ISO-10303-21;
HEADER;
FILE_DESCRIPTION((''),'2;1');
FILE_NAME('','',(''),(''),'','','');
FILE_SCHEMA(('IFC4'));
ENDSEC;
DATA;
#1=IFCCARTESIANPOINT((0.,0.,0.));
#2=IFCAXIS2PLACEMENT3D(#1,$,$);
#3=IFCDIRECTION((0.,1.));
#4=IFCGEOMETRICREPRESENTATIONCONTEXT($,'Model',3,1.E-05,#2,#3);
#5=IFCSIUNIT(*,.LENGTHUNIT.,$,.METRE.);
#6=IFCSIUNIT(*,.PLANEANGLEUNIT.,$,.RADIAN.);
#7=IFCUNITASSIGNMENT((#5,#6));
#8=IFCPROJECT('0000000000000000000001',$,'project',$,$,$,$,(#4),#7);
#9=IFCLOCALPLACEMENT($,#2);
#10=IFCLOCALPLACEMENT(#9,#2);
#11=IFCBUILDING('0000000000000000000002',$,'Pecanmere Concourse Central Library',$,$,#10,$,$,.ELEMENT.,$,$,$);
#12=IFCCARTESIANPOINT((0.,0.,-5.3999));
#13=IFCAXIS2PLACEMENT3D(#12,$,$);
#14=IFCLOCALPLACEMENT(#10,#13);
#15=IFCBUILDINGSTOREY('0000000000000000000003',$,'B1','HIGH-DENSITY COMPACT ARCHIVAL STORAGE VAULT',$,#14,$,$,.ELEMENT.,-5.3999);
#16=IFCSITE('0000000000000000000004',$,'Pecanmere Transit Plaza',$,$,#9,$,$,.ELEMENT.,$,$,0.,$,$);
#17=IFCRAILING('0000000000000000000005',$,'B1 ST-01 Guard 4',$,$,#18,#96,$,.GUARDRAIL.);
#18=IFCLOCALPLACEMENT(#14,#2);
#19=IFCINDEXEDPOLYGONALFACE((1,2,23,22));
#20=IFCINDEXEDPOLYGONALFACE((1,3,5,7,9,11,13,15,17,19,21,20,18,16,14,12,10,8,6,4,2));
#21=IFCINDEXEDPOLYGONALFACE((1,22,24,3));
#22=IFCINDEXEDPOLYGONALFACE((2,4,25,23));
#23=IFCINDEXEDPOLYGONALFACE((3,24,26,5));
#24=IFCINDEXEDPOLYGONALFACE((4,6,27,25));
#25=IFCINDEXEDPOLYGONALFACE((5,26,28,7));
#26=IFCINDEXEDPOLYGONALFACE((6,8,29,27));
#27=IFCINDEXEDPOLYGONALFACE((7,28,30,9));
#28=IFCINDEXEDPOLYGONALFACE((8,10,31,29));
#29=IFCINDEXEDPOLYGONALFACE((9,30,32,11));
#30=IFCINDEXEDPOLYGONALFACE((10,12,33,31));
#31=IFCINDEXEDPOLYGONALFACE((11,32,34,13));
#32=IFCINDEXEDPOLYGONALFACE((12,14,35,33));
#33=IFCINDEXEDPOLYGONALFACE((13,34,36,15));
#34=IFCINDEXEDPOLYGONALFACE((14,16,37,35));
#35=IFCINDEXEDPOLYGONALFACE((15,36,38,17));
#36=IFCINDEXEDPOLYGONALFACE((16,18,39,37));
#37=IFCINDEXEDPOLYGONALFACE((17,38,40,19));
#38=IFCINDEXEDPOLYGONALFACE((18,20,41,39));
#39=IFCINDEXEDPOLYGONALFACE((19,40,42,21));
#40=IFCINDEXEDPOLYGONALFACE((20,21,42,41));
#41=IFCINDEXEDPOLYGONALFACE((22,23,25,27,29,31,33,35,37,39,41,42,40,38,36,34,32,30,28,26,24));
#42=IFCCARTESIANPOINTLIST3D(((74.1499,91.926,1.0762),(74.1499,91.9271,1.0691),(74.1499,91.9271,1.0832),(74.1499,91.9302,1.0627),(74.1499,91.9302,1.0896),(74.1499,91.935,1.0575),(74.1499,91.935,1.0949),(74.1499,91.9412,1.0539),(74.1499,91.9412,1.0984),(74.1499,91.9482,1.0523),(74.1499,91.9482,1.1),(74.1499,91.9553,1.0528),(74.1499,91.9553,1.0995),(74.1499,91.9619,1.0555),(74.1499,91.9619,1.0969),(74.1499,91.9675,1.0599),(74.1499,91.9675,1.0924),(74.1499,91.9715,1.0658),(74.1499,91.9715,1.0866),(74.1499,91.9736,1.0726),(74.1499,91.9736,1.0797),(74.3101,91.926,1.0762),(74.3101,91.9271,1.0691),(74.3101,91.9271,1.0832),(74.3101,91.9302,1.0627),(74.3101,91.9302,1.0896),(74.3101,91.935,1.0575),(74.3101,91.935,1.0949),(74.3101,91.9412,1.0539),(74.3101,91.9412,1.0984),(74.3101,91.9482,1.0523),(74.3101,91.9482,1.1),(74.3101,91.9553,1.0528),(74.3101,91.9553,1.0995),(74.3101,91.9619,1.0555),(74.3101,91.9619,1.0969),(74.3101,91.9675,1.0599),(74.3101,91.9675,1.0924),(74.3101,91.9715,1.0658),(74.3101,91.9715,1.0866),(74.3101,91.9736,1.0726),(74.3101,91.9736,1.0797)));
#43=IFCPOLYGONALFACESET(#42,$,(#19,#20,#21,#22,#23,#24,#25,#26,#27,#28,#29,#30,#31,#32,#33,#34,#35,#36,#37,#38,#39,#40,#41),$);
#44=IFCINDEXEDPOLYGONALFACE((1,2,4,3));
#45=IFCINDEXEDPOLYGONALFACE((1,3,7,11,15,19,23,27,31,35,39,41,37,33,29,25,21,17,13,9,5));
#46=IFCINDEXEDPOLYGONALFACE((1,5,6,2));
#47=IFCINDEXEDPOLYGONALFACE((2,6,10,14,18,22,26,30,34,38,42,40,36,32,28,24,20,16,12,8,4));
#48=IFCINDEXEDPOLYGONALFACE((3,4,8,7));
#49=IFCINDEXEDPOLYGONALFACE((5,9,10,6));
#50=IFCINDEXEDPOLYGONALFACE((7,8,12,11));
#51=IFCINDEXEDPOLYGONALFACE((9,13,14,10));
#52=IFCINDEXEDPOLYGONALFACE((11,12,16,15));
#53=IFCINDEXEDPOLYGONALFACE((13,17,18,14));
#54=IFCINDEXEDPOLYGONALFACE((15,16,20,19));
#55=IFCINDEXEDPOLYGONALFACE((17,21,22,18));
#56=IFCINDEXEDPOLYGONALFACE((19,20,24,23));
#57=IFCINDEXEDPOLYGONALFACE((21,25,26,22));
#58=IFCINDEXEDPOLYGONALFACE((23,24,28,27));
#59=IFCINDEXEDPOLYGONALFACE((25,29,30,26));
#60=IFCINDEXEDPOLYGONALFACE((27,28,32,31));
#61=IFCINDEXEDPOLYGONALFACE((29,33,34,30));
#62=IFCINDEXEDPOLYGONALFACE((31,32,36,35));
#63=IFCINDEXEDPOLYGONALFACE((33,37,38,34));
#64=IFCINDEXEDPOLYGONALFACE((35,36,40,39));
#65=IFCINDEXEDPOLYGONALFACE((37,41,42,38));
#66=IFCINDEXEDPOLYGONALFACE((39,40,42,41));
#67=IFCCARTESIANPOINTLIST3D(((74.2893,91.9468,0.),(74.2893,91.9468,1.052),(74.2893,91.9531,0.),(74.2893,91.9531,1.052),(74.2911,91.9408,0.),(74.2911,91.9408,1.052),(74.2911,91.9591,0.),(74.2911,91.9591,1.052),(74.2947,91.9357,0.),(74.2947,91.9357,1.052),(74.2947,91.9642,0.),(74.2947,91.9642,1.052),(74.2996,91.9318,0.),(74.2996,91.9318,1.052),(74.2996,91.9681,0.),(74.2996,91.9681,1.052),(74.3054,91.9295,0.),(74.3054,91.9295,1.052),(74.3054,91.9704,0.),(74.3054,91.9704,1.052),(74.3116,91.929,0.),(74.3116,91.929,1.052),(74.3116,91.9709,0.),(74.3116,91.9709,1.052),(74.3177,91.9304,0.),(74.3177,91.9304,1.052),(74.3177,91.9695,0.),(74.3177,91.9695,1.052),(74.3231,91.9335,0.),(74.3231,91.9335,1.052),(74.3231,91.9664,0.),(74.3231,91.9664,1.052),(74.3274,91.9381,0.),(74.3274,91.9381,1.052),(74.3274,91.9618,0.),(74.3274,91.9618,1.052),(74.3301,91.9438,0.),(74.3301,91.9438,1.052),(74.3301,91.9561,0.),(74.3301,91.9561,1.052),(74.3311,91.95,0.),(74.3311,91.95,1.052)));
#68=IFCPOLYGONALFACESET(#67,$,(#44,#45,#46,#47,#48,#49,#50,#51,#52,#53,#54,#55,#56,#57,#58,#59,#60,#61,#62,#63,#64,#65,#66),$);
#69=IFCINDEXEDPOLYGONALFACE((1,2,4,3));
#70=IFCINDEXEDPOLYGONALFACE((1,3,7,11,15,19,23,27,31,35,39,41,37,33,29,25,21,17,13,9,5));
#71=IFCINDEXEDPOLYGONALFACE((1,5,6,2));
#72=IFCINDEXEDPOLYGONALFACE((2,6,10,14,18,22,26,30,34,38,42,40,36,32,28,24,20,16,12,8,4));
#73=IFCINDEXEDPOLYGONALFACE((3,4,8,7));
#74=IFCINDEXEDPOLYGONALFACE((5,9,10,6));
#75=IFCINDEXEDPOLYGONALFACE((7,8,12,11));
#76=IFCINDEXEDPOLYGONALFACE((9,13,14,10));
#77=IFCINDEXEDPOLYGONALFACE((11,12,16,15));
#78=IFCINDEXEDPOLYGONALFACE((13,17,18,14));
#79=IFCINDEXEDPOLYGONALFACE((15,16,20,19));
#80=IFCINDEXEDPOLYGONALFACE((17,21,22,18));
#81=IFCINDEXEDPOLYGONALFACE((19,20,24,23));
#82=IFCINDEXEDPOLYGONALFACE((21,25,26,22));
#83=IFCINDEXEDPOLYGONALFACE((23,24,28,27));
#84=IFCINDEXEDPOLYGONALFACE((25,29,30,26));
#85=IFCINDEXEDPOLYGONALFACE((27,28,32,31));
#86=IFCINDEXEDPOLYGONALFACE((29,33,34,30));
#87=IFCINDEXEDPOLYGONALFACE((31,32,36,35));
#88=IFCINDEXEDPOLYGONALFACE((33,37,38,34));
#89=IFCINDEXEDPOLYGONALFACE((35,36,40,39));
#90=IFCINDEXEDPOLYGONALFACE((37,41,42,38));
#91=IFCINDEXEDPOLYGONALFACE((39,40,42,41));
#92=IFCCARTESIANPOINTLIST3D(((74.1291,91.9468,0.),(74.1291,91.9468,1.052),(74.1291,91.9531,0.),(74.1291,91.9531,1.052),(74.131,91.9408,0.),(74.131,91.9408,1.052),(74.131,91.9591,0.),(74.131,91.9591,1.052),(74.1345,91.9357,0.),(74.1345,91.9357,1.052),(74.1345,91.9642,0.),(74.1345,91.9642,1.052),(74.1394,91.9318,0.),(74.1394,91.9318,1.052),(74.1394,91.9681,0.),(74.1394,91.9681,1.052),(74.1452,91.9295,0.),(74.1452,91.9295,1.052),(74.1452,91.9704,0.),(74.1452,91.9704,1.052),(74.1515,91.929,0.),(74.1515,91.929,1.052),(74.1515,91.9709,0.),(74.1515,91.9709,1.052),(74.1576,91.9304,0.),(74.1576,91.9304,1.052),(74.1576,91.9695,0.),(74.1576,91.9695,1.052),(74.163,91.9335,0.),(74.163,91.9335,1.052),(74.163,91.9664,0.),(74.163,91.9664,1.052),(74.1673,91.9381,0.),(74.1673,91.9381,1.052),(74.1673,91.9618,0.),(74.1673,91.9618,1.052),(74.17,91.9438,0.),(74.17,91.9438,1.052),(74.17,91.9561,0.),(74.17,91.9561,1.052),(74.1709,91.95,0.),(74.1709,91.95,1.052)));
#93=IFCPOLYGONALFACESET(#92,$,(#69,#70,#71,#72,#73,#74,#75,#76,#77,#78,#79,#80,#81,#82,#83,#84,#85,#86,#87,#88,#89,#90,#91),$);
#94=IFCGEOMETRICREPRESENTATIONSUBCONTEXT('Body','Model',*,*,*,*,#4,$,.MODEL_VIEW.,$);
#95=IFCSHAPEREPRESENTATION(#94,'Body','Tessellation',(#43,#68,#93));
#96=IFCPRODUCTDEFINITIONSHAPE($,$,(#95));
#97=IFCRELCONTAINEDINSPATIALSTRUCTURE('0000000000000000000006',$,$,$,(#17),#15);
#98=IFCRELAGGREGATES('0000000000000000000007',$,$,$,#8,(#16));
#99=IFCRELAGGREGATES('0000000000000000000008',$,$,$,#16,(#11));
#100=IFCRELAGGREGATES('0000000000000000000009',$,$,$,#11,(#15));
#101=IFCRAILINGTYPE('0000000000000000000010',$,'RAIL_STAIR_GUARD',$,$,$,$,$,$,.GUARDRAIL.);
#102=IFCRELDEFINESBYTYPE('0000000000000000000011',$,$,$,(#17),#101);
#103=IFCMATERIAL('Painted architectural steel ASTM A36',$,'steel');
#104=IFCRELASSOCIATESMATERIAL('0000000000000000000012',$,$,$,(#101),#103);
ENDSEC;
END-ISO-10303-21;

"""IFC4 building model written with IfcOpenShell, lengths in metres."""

from ifc_helpers import new_model, si_unit, direction, frame, origin, origin_2d, place, context, subcontext, project, spatial, circle, extrude, material, type_object, element, save


model = new_model("IFC4")

# Units and contexts
model_context = context("Model", 3, precision=1e-05, world=origin(), true_north=direction((0.0, 1.0)))
body_context = subcontext(model_context, "Body", "Model", "MODEL_VIEW")
ifc_project = project(units=[si_unit("LENGTHUNIT", "METRE"), si_unit("PLANEANGLEUNIT", "RADIAN")], contexts=[model_context])

# Site, building, storey
site_placement = place(None, origin())
site = spatial("IfcSite", under=ifc_project, at=site_placement, Name="Pecanmere Transit Plaza", CompositionType="ELEMENT", RefElevation=0.0)
building_placement = place(site_placement, origin())
building = spatial("IfcBuilding", under=site, at=building_placement, Name="Pecanmere Concourse Central Library", CompositionType="ELEMENT")
storey_placement = place(building_placement, frame((0.0, 0.0, -5.3999)))
storey = spatial("IfcBuildingStorey", under=building, at=storey_placement, Name="B1", Description="HIGH-DENSITY COMPACT ARCHIVAL STORAGE VAULT", CompositionType="ELEMENT", Elevation=-5.3999)

# Railing
ifc_material_1 = material(Name="Painted architectural steel ASTM A36", Category="steel")
railing_type_1 = type_object("IfcRailingType", Name="RAIL_STAIR_GUARD", PredefinedType="GUARDRAIL", material=ifc_material_1)
railing_1_placement = place(storey_placement, frame((74.3101, 91.95, 0.0)))
element("IfcRailing", 1, at=railing_1_placement, inside=storey, type_object=railing_type_1, Name="B1 ST-01 Guard 4", PredefinedType="GUARDRAIL", context=body_context, shape_type="SweptSolid", body=[
    extrude(circle(Radius=0.0239, at=origin_2d()), frame((0.0, 0.0, 1.0762), z_axis=(-1.0, 0.0, 0.0), x_axis=(0.0, -1.0, 0.0)), (0.0, 0.0, 1.0), 0.1602),
    extrude(circle(Radius=0.021, at=origin_2d()), origin(), (0.0, 0.0, 1.0), 1.052),
    extrude(circle(Radius=0.021, at=origin_2d()), frame((-0.1602, 0.0, 0.0)), (0.0, 0.0, 1.0), 1.052),
])

save(model, "model.ifc")
